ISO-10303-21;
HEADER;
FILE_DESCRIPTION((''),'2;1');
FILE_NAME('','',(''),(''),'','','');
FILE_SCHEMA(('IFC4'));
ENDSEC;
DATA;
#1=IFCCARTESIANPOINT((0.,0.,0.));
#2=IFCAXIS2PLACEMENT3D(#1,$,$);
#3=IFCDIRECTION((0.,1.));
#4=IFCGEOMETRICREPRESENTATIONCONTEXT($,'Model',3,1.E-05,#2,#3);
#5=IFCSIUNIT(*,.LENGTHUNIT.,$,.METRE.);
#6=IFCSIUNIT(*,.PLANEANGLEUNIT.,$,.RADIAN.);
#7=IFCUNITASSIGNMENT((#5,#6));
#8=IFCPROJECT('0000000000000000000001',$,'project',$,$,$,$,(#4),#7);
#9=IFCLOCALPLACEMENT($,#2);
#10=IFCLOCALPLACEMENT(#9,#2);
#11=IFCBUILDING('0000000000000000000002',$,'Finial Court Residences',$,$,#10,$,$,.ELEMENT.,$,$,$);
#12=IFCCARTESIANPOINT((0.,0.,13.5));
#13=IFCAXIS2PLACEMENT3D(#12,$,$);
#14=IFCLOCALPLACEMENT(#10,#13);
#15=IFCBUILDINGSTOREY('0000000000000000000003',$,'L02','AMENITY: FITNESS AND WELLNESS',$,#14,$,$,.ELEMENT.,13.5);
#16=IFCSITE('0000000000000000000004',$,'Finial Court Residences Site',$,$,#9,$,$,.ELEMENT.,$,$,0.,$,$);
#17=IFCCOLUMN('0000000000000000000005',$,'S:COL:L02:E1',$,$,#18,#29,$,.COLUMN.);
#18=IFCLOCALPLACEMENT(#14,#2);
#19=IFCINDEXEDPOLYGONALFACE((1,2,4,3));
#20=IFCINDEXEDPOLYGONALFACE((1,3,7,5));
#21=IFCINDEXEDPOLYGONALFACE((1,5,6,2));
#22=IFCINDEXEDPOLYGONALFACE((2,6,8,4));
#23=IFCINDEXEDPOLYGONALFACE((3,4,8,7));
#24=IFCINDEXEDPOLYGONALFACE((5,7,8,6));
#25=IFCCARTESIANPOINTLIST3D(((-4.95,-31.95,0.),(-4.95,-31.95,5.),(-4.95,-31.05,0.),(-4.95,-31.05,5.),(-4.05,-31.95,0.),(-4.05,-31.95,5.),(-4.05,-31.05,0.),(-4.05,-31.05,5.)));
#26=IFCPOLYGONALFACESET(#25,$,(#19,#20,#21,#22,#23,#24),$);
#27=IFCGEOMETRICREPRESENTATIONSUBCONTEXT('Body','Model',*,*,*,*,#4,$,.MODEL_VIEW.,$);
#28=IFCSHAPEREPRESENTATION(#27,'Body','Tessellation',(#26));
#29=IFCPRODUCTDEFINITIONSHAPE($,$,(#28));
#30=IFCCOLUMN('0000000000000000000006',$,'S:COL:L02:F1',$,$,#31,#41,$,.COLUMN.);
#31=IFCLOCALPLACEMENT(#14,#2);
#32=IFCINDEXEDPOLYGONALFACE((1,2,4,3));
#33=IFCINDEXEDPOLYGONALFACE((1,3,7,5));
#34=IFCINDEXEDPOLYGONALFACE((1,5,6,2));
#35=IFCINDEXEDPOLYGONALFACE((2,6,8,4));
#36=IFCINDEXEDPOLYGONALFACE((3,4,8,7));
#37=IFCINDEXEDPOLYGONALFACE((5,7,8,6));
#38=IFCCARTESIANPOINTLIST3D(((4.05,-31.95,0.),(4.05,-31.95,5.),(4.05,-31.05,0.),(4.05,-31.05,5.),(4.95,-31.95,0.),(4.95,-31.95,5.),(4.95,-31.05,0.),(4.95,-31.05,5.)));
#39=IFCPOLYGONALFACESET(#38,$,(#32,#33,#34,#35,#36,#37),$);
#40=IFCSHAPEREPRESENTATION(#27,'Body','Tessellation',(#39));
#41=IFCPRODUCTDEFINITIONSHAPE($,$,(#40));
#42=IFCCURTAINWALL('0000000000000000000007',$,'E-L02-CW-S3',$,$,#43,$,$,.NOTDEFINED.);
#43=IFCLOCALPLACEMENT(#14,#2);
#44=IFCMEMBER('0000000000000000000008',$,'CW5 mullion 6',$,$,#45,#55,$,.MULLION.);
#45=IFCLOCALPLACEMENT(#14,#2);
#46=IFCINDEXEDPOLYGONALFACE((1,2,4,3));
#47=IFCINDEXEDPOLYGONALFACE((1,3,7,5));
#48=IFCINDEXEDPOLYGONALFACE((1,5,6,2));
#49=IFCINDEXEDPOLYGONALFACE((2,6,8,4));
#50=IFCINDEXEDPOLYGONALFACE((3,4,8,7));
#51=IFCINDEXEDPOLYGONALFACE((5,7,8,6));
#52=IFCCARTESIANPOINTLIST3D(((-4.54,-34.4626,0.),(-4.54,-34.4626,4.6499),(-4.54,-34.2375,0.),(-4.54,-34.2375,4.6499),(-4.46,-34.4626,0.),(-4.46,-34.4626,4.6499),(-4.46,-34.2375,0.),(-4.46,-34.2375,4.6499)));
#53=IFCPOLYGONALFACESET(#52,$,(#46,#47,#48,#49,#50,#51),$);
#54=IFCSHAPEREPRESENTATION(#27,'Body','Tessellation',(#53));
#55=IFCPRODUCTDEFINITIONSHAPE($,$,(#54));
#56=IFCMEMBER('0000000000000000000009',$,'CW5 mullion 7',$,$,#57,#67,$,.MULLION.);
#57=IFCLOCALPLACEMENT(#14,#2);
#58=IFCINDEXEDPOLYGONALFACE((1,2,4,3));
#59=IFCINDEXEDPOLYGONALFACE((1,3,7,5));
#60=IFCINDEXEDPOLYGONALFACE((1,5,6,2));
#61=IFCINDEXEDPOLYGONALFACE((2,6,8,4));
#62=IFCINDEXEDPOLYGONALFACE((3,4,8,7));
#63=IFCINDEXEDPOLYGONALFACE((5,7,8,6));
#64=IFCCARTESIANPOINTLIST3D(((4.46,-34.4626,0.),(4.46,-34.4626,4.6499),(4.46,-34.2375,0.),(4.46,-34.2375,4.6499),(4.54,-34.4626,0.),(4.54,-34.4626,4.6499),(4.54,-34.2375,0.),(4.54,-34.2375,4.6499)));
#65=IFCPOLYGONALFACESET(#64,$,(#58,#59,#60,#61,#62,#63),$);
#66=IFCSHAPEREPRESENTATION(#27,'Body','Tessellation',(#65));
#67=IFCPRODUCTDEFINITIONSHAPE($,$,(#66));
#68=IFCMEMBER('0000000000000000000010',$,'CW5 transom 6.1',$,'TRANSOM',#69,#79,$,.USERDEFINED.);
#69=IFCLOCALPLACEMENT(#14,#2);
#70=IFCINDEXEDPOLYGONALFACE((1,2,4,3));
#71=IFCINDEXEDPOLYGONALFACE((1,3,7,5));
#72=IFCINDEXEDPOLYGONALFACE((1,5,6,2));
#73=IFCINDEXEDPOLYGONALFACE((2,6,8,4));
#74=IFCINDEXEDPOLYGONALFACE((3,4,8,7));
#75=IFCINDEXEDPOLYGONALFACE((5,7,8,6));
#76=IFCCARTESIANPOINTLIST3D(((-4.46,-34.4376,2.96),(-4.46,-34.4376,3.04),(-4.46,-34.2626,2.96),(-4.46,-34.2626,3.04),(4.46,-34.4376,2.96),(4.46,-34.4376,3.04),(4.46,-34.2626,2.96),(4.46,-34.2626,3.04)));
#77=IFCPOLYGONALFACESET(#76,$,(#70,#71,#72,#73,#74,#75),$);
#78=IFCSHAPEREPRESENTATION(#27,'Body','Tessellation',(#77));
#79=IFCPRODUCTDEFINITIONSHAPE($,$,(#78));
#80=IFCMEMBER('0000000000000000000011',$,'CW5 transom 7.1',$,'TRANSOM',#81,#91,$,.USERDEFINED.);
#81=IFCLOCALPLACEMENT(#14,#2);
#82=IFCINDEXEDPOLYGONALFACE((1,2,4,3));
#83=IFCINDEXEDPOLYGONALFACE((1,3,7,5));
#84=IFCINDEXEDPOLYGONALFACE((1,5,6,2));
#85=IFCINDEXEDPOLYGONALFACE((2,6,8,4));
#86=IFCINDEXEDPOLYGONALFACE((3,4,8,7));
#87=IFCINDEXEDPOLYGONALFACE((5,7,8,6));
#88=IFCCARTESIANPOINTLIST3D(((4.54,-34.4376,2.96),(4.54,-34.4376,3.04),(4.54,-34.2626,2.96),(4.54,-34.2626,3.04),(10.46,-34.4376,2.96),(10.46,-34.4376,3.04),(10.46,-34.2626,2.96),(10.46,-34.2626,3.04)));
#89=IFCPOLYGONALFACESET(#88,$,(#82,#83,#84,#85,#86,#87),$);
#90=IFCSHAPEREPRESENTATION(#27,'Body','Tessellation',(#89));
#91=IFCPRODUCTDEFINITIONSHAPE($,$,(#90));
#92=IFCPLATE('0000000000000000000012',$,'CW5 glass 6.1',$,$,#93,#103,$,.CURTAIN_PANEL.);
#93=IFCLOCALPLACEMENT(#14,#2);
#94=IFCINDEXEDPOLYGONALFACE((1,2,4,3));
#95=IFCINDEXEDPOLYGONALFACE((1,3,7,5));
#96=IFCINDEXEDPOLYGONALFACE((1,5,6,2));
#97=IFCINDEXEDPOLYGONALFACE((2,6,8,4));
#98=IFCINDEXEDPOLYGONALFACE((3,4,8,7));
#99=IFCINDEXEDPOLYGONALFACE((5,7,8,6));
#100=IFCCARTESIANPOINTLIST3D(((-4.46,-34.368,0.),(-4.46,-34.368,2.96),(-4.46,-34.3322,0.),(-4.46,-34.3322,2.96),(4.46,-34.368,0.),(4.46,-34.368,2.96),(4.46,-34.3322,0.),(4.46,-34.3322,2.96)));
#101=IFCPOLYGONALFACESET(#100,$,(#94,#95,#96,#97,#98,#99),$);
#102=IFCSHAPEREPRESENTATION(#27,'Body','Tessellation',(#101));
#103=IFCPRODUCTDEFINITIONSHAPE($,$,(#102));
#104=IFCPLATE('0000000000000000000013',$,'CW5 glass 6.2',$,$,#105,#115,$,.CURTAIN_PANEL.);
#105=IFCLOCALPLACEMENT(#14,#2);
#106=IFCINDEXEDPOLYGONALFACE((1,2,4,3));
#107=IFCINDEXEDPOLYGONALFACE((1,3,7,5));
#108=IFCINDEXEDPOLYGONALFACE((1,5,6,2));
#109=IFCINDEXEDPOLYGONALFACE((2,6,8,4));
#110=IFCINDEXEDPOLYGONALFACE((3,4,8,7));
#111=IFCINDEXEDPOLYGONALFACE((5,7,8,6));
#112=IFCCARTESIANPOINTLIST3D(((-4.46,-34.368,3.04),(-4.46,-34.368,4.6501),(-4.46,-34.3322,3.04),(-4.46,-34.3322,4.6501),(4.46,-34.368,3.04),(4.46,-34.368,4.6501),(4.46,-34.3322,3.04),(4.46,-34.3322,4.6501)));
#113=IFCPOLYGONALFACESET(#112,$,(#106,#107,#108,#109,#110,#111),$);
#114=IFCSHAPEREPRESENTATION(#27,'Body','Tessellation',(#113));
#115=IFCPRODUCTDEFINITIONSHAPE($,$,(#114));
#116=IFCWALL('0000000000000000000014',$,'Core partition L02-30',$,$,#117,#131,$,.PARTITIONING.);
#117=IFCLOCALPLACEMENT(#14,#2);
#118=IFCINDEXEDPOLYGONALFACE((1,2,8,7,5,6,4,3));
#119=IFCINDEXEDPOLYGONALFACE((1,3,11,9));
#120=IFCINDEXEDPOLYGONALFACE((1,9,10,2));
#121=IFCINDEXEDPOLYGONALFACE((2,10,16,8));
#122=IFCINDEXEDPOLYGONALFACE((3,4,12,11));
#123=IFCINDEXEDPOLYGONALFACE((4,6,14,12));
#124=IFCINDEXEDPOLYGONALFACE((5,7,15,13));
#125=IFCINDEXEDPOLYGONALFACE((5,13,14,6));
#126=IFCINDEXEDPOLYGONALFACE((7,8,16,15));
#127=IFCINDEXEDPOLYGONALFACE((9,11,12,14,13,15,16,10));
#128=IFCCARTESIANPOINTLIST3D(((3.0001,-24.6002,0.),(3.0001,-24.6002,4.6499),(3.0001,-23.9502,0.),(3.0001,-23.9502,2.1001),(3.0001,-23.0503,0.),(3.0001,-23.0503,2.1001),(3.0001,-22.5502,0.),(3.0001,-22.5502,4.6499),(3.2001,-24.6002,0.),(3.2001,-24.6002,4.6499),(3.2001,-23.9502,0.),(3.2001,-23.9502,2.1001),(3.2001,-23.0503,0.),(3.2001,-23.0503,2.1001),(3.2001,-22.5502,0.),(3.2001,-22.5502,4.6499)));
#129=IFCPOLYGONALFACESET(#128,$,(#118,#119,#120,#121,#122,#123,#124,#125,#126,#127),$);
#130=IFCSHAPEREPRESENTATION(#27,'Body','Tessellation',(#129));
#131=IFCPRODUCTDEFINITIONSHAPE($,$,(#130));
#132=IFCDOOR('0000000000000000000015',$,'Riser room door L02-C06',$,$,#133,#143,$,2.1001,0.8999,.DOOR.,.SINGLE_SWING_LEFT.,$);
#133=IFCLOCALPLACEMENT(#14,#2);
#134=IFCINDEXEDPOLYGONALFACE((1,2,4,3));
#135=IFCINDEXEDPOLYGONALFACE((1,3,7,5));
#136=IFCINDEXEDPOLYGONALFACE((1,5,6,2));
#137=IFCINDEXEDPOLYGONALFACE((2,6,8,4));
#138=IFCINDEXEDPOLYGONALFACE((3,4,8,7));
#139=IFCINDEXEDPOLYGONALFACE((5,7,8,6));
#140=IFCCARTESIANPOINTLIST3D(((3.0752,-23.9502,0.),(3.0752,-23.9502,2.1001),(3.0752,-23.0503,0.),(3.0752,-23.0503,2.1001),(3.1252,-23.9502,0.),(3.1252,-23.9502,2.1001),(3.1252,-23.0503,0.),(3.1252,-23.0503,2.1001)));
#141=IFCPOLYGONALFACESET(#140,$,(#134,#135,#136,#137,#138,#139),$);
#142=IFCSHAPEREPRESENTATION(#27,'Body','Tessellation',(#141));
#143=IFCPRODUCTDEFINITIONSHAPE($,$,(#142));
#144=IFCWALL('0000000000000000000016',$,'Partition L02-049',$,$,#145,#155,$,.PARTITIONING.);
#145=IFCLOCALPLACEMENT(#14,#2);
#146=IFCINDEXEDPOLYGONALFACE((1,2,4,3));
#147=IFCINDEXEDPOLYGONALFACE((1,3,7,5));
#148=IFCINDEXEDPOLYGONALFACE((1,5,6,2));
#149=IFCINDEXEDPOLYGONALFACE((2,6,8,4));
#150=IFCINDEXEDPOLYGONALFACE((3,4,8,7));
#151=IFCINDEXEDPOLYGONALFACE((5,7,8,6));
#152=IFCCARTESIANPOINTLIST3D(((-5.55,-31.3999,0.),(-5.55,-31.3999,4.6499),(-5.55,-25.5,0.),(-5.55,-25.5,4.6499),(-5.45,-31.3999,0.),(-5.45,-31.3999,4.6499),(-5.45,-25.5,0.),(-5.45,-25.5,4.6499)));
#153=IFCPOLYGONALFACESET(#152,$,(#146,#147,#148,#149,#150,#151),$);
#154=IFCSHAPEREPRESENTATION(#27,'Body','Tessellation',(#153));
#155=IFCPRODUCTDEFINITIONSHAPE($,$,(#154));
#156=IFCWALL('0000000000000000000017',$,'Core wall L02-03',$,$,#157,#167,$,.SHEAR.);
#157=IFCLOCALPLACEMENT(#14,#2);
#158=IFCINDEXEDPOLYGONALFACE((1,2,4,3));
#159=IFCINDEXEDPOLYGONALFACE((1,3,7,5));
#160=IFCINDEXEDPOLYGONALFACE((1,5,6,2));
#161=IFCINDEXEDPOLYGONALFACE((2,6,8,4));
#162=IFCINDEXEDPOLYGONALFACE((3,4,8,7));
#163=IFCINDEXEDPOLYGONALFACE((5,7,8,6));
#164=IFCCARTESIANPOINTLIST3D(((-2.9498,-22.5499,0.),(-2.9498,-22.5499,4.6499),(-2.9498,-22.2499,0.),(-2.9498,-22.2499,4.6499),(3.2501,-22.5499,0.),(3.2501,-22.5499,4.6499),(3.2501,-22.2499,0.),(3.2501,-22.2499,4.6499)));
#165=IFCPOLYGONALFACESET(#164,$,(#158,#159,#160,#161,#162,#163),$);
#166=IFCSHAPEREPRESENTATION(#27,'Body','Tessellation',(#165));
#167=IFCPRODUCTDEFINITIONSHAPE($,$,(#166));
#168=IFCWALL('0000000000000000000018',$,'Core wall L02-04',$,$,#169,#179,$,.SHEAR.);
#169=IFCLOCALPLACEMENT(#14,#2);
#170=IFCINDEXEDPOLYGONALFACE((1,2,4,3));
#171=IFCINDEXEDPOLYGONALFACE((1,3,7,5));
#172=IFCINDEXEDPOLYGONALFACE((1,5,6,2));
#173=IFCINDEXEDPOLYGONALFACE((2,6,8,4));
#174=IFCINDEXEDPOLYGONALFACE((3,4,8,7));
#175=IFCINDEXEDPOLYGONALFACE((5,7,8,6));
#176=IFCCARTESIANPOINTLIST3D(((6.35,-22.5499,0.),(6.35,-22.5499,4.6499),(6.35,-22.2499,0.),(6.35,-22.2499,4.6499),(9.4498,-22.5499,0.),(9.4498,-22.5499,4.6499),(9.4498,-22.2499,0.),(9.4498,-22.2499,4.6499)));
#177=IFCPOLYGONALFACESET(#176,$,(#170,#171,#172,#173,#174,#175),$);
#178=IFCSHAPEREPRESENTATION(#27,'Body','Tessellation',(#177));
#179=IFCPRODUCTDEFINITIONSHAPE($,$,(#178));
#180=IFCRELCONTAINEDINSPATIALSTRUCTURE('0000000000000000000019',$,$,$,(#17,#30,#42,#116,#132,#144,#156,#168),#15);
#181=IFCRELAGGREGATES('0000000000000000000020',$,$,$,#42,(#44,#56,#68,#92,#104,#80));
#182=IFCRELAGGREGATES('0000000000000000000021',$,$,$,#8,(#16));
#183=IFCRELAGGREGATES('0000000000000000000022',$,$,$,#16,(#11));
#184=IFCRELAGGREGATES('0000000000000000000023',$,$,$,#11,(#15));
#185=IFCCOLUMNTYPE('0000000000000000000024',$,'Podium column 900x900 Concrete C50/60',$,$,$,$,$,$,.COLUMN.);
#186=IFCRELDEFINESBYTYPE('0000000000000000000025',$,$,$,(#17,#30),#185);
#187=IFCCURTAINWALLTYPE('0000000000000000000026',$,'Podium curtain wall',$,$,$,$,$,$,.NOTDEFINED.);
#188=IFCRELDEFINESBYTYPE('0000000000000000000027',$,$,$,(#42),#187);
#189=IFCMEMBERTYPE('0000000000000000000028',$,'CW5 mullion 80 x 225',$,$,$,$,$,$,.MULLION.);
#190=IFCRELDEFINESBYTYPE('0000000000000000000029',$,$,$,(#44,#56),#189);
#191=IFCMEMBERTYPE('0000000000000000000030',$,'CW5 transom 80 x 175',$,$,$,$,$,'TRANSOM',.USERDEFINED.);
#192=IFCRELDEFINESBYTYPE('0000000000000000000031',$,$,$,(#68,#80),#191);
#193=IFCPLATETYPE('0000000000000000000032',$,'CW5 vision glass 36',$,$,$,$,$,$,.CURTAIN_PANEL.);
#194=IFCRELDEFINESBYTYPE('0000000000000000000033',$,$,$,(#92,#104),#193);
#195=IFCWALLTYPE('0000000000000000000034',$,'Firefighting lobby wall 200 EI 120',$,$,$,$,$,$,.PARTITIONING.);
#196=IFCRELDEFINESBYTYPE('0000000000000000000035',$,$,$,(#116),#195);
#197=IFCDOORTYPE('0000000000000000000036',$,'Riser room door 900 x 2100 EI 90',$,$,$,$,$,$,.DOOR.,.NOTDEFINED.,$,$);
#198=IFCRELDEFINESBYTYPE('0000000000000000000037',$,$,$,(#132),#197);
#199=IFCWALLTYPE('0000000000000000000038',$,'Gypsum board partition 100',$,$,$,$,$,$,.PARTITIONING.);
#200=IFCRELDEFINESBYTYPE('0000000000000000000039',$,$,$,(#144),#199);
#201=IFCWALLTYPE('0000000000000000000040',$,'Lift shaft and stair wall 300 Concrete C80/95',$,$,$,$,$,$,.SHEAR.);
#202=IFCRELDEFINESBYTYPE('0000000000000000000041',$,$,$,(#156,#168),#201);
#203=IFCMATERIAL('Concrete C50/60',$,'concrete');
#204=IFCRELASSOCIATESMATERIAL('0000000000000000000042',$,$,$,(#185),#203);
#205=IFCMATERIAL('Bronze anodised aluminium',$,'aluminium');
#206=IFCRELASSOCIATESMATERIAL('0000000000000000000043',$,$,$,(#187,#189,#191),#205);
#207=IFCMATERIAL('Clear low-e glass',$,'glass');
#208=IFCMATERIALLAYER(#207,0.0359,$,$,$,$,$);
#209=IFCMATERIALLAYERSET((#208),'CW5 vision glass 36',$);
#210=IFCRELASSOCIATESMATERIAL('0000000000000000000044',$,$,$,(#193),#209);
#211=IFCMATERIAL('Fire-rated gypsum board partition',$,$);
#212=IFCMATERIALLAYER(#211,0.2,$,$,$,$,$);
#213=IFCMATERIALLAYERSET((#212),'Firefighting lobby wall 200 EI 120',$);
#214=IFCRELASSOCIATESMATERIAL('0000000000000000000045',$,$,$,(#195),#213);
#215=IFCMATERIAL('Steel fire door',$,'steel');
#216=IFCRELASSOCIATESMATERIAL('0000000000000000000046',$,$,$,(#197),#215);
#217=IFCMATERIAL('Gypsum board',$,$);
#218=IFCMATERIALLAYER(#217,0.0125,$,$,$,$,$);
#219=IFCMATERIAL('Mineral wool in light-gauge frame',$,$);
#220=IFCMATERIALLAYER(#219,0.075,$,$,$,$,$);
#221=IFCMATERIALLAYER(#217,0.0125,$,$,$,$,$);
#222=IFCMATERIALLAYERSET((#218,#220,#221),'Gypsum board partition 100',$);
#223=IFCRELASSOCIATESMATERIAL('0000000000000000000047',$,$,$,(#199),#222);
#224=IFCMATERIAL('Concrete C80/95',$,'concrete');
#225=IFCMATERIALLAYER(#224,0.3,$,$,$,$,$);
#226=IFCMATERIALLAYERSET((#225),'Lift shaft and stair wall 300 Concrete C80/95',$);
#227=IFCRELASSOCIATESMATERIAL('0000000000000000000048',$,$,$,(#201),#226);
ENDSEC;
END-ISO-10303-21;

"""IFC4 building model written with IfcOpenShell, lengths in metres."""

from ifc_helpers import new_model, si_unit, direction, frame, frame_2d, origin, origin_2d, place, context, subcontext, project, spatial, rectangle, extrude, material, layer, layer_set, material_profile, profile_set, type_object, element, fill, aggregate, save


model = new_model("IFC4")

# Units and contexts
model_context = context("Model", 3, precision=1e-05, world=origin(), true_north=direction((0.0, 1.0)))
body_context = subcontext(model_context, "Body", "Model", "MODEL_VIEW")
ifc_project = project(units=[si_unit("LENGTHUNIT", "METRE"), si_unit("PLANEANGLEUNIT", "RADIAN")], contexts=[model_context])

# Site, building, storey
site_placement = place(None, origin())
site = spatial("IfcSite", under=ifc_project, at=site_placement, Name="Finial Court Residences Site", CompositionType="ELEMENT", RefElevation=0.0)
building_placement = place(site_placement, origin())
building = spatial("IfcBuilding", under=site, at=building_placement, Name="Finial Court Residences", CompositionType="ELEMENT")
storey_placement = place(building_placement, frame((0.0, 0.0, 13.5)))
storey = spatial("IfcBuildingStorey", under=building, at=storey_placement, Name="L02", Description="AMENITY: FITNESS AND WELLNESS", CompositionType="ELEMENT", Elevation=13.5)

# Columns
ifc_material_1 = material(Name="Concrete C50/60", Category="concrete")
ifc_material_profile_1 = material_profile(ifc_material_1, rectangle(XDim=0.8999, YDim=0.8999, at=origin_2d()), Name="900x900")
ifc_profile_set_1 = profile_set([ifc_material_profile_1], Name="Concrete C50/60")
column_type = type_object("IfcColumnType", Name="Podium column 900x900 Concrete C50/60", PredefinedType="COLUMN", material=ifc_profile_set_1)
for number, where, z_axis, x_axis, name in (
    (1, (-4.5, -31.5, 0.0), (0.0, 0.0, 1.0), (1.0, 0.0, 0.0), "S:COL:L02:E1"),
    (2, (4.5, -31.5, 0.0), (0.0, 0.0, 1.0), (1.0, 0.0, 0.0), "S:COL:L02:F1"),
):
    element("IfcColumn", number, at=place(storey_placement, frame(where, z_axis=z_axis, x_axis=x_axis)), inside=storey, type_object=column_type, Name=name, PredefinedType="COLUMN", context=body_context, shape_type="SweptSolid", body=[
        extrude(rectangle(XDim=0.8999, YDim=0.8999, at=origin_2d()), origin(), (0.0, 0.0, 1.0), 5.0),
    ])

# Curtain wall, members, plates
ifc_material_2 = material(Name="Bronze anodised aluminium", Category="aluminium")
curtain_wall_type = type_object("IfcCurtainWallType", Name="Podium curtain wall", PredefinedType="NOTDEFINED", material=ifc_material_2)
curtain_wall_placement = place(storey_placement, origin())
curtain_wall = element("IfcCurtainWall", 3, at=curtain_wall_placement, inside=storey, type_object=curtain_wall_type, Name="E-L02-CW-S3", PredefinedType="NOTDEFINED")
ifc_material_profile_2 = material_profile(ifc_material_2, rectangle(XDim=0.2251, YDim=0.0801, at=origin_2d()), Name="CW5 mullion 80 x 225")
ifc_profile_set_2 = profile_set([ifc_material_profile_2], Name="Bronze anodised aluminium")
member_type_1 = type_object("IfcMemberType", Name="CW5 mullion 80 x 225", PredefinedType="MULLION", material=ifc_profile_set_2)
member_1_placement = place(storey_placement, frame((-4.5, -34.3501, 0.0), z_axis=(0.0, 0.0, 1.0), x_axis=(0.0, 1.0, 0.0)))
member_1 = element("IfcMember", 4, at=member_1_placement, type_object=member_type_1, Name="CW5 mullion 6", PredefinedType="MULLION", context=body_context, shape_type="SweptSolid", body=[
    extrude(rectangle(XDim=0.2251, YDim=0.0801, at=origin_2d()), origin(), (0.0, 0.0, 1.0), 4.6499),
])
member_2_placement = place(storey_placement, frame((4.5, -34.3501, 0.0), z_axis=(0.0, 0.0, 1.0), x_axis=(0.0, 1.0, 0.0)))
member_2 = element("IfcMember", 5, at=member_2_placement, type_object=member_type_1, Name="CW5 mullion 7", PredefinedType="MULLION", context=body_context, shape_type="SweptSolid", body=[
    extrude(rectangle(XDim=0.2251, YDim=0.0801, at=origin_2d()), origin(), (0.0, 0.0, 1.0), 4.6499),
])
ifc_material_profile_3 = material_profile(ifc_material_2, rectangle(XDim=0.175, YDim=0.0801, at=origin_2d()), Name="CW5 transom 80 x 175")
ifc_profile_set_3 = profile_set([ifc_material_profile_3], Name="Bronze anodised aluminium")
member_type_2 = type_object("IfcMemberType", Name="CW5 transom 80 x 175", ElementType="TRANSOM", PredefinedType="USERDEFINED", material=ifc_profile_set_3)
member_3_placement = place(storey_placement, frame((-4.46, -34.3501, 3.0), z_axis=(1.0, 0.0, 0.0), x_axis=(0.0, 1.0, 0.0)))
member_3 = element("IfcMember", 6, at=member_3_placement, type_object=member_type_2, Name="CW5 transom 6.1", ObjectType="TRANSOM", PredefinedType="USERDEFINED", context=body_context, shape_type="SweptSolid", body=[
    extrude(rectangle(XDim=0.175, YDim=0.0801, at=origin_2d()), origin(), (0.0, 0.0, 1.0), 8.9199),
])
member_4_placement = place(storey_placement, frame((4.54, -34.3501, 3.0), z_axis=(1.0, 0.0, 0.0), x_axis=(0.0, 1.0, 0.0)))
member_4 = element("IfcMember", 7, at=member_4_placement, type_object=member_type_2, Name="CW5 transom 7.1", ObjectType="TRANSOM", PredefinedType="USERDEFINED", context=body_context, shape_type="SweptSolid", body=[
    extrude(rectangle(XDim=0.175, YDim=0.0801, at=origin_2d()), origin(), (0.0, 0.0, 1.0), 5.9199),
])
ifc_material_3 = material(Name="Clear low-e glass", Category="glass")
ifc_layer_1 = layer(ifc_material_3, 0.0359)
ifc_layer_set_1 = layer_set([ifc_layer_1], Name="CW5 vision glass 36")
plate_type = type_object("IfcPlateType", Name="CW5 vision glass 36", PredefinedType="CURTAIN_PANEL", material=ifc_layer_set_1)
plate_1_placement = place(storey_placement, frame((0.0, -34.3501, 0.0), z_axis=(0.0, 0.0, 1.0), x_axis=(1.0, 0.0, 0.0)))
plate_1 = element("IfcPlate", 8, at=plate_1_placement, type_object=plate_type, Name="CW5 glass 6.1", PredefinedType="CURTAIN_PANEL", context=body_context, shape_type="SweptSolid", body=[
    extrude(rectangle(XDim=8.9199, YDim=0.0359, at=origin_2d()), origin(), (0.0, 0.0, 1.0), 2.96),
])
plate_2_placement = place(storey_placement, frame((0.0, -34.3501, 3.04), z_axis=(0.0, 0.0, 1.0), x_axis=(1.0, 0.0, 0.0)))
plate_2 = element("IfcPlate", 9, at=plate_2_placement, type_object=plate_type, Name="CW5 glass 6.2", PredefinedType="CURTAIN_PANEL", context=body_context, shape_type="SweptSolid", body=[
    extrude(rectangle(XDim=8.9199, YDim=0.0359, at=origin_2d()), origin(), (0.0, 0.0, 1.0), 1.6101),
])
aggregate(curtain_wall, [member_1, member_2, member_3, plate_1, plate_2, member_4])

# Wall, opening, door
ifc_material_4 = material(Name="Fire-rated gypsum board partition")
ifc_layer_2 = layer(ifc_material_4, 0.2)
ifc_layer_set_2 = layer_set([ifc_layer_2], Name="Firefighting lobby wall 200 EI 120")
wall_type_1 = type_object("IfcWallType", Name="Firefighting lobby wall 200 EI 120", PredefinedType="PARTITIONING", material=ifc_layer_set_2)
wall_1_placement = place(storey_placement, frame((3.1001, -24.6001, 0.0), z_axis=(0.0, 0.0, 1.0), x_axis=(0.0, 1.0, 0.0)))
wall_1 = element("IfcWall", 10, at=wall_1_placement, inside=storey, type_object=wall_type_1, Name="Core partition L02-30", PredefinedType="PARTITIONING", context=body_context, shape_type="SweptSolid", body=[
    extrude(rectangle(XDim=2.05, YDim=0.2, at=frame_2d((1.0249, 0.0))), origin(), (0.0, 0.0, 1.0), 4.6499),
])
opening_1_placement = place(wall_1_placement, frame((0.6499, 0.0, 0.0)))
opening_1 = element("IfcOpeningElement", 11, at=opening_1_placement, cuts=wall_1, PredefinedType="OPENING", context=body_context, shape_type="SweptSolid", body=[
    extrude(rectangle(XDim=0.8999, YDim=2.1001, at=frame_2d((0.45, 1.05))), frame((0.0, 0.1099, 0.0), z_axis=(0.0, -1.0, 0.0), x_axis=(1.0, 0.0, 0.0)), (0.0, 0.0, 1.0), 0.22),
])
ifc_material_5 = material(Name="Steel fire door", Category="steel")
door_type_1 = type_object("IfcDoorType", Name="Riser room door 900 x 2100 EI 90", OperationType="NOTDEFINED", PredefinedType="DOOR", material=ifc_material_5)
door_1_placement = place(opening_1_placement, origin())
door_1 = element("IfcDoor", 12, at=door_1_placement, inside=storey, type_object=door_type_1, Name="Riser room door L02-C06", OperationType="SINGLE_SWING_LEFT", OverallHeight=2.1001, OverallWidth=0.8999, PredefinedType="DOOR", context=body_context, shape_type="SweptSolid", body=[
    extrude(rectangle(XDim=0.8999, YDim=2.1001, at=frame_2d((0.45, 1.05))), frame((0.0, 0.0249, 0.0), z_axis=(0.0, -1.0, 0.0), x_axis=(1.0, 0.0, 0.0)), (0.0, 0.0, 1.0), 0.05),
])
fill(opening_1, door_1)

# Walls
ifc_material_6 = material(Name="Gypsum board")
ifc_layer_3 = layer(ifc_material_6, 0.0125)
ifc_material_7 = material(Name="Mineral wool in light-gauge frame")
ifc_layer_4 = layer(ifc_material_7, 0.075)
ifc_layer_5 = layer(ifc_material_6, 0.0125)
ifc_layer_set_3 = layer_set([ifc_layer_3, ifc_layer_4, ifc_layer_5], Name="Gypsum board partition 100")
wall_type_2 = type_object("IfcWallType", Name="Gypsum board partition 100", PredefinedType="PARTITIONING", material=ifc_layer_set_3)
wall_2_placement = place(storey_placement, frame((-5.5, -31.3999, 0.0), z_axis=(0.0, 0.0, 1.0), x_axis=(0.0, 1.0, 0.0)))
element("IfcWall", 13, at=wall_2_placement, inside=storey, type_object=wall_type_2, Name="Partition L02-049", PredefinedType="PARTITIONING", context=body_context, shape_type="SweptSolid", body=[
    extrude(rectangle(XDim=5.8999, YDim=0.1001, at=frame_2d((2.95, 0.0))), origin(), (0.0, 0.0, 1.0), 4.6499),
])
ifc_material_8 = material(Name="Concrete C80/95", Category="concrete")
ifc_layer_6 = layer(ifc_material_8, 0.3)
ifc_layer_set_4 = layer_set([ifc_layer_6], Name="Lift shaft and stair wall 300 Concrete C80/95")
wall_type_3 = type_object("IfcWallType", Name="Lift shaft and stair wall 300 Concrete C80/95", PredefinedType="SHEAR", material=ifc_layer_set_4)
wall_3_placement = place(storey_placement, frame((-2.95, -22.3999, 0.0), z_axis=(0.0, 0.0, 1.0), x_axis=(1.0, 0.0, 0.0)))
element("IfcWall", 14, at=wall_3_placement, inside=storey, type_object=wall_type_3, Name="Core wall L02-03", PredefinedType="SHEAR", context=body_context, shape_type="SweptSolid", body=[
    extrude(rectangle(XDim=6.2, YDim=0.3, at=frame_2d((3.1001, 0.0))), origin(), (0.0, 0.0, 1.0), 4.6499),
])
wall_4_placement = place(storey_placement, frame((6.3501, -22.3999, 0.0), z_axis=(0.0, 0.0, 1.0), x_axis=(1.0, 0.0, 0.0)))
element("IfcWall", 15, at=wall_4_placement, inside=storey, type_object=wall_type_3, Name="Core wall L02-04", PredefinedType="SHEAR", context=body_context, shape_type="SweptSolid", body=[
    extrude(rectangle(XDim=3.0999, YDim=0.3, at=frame_2d((1.5498, 0.0))), origin(), (0.0, 0.0, 1.0), 4.6499),
])

save(model, "model.ifc")
